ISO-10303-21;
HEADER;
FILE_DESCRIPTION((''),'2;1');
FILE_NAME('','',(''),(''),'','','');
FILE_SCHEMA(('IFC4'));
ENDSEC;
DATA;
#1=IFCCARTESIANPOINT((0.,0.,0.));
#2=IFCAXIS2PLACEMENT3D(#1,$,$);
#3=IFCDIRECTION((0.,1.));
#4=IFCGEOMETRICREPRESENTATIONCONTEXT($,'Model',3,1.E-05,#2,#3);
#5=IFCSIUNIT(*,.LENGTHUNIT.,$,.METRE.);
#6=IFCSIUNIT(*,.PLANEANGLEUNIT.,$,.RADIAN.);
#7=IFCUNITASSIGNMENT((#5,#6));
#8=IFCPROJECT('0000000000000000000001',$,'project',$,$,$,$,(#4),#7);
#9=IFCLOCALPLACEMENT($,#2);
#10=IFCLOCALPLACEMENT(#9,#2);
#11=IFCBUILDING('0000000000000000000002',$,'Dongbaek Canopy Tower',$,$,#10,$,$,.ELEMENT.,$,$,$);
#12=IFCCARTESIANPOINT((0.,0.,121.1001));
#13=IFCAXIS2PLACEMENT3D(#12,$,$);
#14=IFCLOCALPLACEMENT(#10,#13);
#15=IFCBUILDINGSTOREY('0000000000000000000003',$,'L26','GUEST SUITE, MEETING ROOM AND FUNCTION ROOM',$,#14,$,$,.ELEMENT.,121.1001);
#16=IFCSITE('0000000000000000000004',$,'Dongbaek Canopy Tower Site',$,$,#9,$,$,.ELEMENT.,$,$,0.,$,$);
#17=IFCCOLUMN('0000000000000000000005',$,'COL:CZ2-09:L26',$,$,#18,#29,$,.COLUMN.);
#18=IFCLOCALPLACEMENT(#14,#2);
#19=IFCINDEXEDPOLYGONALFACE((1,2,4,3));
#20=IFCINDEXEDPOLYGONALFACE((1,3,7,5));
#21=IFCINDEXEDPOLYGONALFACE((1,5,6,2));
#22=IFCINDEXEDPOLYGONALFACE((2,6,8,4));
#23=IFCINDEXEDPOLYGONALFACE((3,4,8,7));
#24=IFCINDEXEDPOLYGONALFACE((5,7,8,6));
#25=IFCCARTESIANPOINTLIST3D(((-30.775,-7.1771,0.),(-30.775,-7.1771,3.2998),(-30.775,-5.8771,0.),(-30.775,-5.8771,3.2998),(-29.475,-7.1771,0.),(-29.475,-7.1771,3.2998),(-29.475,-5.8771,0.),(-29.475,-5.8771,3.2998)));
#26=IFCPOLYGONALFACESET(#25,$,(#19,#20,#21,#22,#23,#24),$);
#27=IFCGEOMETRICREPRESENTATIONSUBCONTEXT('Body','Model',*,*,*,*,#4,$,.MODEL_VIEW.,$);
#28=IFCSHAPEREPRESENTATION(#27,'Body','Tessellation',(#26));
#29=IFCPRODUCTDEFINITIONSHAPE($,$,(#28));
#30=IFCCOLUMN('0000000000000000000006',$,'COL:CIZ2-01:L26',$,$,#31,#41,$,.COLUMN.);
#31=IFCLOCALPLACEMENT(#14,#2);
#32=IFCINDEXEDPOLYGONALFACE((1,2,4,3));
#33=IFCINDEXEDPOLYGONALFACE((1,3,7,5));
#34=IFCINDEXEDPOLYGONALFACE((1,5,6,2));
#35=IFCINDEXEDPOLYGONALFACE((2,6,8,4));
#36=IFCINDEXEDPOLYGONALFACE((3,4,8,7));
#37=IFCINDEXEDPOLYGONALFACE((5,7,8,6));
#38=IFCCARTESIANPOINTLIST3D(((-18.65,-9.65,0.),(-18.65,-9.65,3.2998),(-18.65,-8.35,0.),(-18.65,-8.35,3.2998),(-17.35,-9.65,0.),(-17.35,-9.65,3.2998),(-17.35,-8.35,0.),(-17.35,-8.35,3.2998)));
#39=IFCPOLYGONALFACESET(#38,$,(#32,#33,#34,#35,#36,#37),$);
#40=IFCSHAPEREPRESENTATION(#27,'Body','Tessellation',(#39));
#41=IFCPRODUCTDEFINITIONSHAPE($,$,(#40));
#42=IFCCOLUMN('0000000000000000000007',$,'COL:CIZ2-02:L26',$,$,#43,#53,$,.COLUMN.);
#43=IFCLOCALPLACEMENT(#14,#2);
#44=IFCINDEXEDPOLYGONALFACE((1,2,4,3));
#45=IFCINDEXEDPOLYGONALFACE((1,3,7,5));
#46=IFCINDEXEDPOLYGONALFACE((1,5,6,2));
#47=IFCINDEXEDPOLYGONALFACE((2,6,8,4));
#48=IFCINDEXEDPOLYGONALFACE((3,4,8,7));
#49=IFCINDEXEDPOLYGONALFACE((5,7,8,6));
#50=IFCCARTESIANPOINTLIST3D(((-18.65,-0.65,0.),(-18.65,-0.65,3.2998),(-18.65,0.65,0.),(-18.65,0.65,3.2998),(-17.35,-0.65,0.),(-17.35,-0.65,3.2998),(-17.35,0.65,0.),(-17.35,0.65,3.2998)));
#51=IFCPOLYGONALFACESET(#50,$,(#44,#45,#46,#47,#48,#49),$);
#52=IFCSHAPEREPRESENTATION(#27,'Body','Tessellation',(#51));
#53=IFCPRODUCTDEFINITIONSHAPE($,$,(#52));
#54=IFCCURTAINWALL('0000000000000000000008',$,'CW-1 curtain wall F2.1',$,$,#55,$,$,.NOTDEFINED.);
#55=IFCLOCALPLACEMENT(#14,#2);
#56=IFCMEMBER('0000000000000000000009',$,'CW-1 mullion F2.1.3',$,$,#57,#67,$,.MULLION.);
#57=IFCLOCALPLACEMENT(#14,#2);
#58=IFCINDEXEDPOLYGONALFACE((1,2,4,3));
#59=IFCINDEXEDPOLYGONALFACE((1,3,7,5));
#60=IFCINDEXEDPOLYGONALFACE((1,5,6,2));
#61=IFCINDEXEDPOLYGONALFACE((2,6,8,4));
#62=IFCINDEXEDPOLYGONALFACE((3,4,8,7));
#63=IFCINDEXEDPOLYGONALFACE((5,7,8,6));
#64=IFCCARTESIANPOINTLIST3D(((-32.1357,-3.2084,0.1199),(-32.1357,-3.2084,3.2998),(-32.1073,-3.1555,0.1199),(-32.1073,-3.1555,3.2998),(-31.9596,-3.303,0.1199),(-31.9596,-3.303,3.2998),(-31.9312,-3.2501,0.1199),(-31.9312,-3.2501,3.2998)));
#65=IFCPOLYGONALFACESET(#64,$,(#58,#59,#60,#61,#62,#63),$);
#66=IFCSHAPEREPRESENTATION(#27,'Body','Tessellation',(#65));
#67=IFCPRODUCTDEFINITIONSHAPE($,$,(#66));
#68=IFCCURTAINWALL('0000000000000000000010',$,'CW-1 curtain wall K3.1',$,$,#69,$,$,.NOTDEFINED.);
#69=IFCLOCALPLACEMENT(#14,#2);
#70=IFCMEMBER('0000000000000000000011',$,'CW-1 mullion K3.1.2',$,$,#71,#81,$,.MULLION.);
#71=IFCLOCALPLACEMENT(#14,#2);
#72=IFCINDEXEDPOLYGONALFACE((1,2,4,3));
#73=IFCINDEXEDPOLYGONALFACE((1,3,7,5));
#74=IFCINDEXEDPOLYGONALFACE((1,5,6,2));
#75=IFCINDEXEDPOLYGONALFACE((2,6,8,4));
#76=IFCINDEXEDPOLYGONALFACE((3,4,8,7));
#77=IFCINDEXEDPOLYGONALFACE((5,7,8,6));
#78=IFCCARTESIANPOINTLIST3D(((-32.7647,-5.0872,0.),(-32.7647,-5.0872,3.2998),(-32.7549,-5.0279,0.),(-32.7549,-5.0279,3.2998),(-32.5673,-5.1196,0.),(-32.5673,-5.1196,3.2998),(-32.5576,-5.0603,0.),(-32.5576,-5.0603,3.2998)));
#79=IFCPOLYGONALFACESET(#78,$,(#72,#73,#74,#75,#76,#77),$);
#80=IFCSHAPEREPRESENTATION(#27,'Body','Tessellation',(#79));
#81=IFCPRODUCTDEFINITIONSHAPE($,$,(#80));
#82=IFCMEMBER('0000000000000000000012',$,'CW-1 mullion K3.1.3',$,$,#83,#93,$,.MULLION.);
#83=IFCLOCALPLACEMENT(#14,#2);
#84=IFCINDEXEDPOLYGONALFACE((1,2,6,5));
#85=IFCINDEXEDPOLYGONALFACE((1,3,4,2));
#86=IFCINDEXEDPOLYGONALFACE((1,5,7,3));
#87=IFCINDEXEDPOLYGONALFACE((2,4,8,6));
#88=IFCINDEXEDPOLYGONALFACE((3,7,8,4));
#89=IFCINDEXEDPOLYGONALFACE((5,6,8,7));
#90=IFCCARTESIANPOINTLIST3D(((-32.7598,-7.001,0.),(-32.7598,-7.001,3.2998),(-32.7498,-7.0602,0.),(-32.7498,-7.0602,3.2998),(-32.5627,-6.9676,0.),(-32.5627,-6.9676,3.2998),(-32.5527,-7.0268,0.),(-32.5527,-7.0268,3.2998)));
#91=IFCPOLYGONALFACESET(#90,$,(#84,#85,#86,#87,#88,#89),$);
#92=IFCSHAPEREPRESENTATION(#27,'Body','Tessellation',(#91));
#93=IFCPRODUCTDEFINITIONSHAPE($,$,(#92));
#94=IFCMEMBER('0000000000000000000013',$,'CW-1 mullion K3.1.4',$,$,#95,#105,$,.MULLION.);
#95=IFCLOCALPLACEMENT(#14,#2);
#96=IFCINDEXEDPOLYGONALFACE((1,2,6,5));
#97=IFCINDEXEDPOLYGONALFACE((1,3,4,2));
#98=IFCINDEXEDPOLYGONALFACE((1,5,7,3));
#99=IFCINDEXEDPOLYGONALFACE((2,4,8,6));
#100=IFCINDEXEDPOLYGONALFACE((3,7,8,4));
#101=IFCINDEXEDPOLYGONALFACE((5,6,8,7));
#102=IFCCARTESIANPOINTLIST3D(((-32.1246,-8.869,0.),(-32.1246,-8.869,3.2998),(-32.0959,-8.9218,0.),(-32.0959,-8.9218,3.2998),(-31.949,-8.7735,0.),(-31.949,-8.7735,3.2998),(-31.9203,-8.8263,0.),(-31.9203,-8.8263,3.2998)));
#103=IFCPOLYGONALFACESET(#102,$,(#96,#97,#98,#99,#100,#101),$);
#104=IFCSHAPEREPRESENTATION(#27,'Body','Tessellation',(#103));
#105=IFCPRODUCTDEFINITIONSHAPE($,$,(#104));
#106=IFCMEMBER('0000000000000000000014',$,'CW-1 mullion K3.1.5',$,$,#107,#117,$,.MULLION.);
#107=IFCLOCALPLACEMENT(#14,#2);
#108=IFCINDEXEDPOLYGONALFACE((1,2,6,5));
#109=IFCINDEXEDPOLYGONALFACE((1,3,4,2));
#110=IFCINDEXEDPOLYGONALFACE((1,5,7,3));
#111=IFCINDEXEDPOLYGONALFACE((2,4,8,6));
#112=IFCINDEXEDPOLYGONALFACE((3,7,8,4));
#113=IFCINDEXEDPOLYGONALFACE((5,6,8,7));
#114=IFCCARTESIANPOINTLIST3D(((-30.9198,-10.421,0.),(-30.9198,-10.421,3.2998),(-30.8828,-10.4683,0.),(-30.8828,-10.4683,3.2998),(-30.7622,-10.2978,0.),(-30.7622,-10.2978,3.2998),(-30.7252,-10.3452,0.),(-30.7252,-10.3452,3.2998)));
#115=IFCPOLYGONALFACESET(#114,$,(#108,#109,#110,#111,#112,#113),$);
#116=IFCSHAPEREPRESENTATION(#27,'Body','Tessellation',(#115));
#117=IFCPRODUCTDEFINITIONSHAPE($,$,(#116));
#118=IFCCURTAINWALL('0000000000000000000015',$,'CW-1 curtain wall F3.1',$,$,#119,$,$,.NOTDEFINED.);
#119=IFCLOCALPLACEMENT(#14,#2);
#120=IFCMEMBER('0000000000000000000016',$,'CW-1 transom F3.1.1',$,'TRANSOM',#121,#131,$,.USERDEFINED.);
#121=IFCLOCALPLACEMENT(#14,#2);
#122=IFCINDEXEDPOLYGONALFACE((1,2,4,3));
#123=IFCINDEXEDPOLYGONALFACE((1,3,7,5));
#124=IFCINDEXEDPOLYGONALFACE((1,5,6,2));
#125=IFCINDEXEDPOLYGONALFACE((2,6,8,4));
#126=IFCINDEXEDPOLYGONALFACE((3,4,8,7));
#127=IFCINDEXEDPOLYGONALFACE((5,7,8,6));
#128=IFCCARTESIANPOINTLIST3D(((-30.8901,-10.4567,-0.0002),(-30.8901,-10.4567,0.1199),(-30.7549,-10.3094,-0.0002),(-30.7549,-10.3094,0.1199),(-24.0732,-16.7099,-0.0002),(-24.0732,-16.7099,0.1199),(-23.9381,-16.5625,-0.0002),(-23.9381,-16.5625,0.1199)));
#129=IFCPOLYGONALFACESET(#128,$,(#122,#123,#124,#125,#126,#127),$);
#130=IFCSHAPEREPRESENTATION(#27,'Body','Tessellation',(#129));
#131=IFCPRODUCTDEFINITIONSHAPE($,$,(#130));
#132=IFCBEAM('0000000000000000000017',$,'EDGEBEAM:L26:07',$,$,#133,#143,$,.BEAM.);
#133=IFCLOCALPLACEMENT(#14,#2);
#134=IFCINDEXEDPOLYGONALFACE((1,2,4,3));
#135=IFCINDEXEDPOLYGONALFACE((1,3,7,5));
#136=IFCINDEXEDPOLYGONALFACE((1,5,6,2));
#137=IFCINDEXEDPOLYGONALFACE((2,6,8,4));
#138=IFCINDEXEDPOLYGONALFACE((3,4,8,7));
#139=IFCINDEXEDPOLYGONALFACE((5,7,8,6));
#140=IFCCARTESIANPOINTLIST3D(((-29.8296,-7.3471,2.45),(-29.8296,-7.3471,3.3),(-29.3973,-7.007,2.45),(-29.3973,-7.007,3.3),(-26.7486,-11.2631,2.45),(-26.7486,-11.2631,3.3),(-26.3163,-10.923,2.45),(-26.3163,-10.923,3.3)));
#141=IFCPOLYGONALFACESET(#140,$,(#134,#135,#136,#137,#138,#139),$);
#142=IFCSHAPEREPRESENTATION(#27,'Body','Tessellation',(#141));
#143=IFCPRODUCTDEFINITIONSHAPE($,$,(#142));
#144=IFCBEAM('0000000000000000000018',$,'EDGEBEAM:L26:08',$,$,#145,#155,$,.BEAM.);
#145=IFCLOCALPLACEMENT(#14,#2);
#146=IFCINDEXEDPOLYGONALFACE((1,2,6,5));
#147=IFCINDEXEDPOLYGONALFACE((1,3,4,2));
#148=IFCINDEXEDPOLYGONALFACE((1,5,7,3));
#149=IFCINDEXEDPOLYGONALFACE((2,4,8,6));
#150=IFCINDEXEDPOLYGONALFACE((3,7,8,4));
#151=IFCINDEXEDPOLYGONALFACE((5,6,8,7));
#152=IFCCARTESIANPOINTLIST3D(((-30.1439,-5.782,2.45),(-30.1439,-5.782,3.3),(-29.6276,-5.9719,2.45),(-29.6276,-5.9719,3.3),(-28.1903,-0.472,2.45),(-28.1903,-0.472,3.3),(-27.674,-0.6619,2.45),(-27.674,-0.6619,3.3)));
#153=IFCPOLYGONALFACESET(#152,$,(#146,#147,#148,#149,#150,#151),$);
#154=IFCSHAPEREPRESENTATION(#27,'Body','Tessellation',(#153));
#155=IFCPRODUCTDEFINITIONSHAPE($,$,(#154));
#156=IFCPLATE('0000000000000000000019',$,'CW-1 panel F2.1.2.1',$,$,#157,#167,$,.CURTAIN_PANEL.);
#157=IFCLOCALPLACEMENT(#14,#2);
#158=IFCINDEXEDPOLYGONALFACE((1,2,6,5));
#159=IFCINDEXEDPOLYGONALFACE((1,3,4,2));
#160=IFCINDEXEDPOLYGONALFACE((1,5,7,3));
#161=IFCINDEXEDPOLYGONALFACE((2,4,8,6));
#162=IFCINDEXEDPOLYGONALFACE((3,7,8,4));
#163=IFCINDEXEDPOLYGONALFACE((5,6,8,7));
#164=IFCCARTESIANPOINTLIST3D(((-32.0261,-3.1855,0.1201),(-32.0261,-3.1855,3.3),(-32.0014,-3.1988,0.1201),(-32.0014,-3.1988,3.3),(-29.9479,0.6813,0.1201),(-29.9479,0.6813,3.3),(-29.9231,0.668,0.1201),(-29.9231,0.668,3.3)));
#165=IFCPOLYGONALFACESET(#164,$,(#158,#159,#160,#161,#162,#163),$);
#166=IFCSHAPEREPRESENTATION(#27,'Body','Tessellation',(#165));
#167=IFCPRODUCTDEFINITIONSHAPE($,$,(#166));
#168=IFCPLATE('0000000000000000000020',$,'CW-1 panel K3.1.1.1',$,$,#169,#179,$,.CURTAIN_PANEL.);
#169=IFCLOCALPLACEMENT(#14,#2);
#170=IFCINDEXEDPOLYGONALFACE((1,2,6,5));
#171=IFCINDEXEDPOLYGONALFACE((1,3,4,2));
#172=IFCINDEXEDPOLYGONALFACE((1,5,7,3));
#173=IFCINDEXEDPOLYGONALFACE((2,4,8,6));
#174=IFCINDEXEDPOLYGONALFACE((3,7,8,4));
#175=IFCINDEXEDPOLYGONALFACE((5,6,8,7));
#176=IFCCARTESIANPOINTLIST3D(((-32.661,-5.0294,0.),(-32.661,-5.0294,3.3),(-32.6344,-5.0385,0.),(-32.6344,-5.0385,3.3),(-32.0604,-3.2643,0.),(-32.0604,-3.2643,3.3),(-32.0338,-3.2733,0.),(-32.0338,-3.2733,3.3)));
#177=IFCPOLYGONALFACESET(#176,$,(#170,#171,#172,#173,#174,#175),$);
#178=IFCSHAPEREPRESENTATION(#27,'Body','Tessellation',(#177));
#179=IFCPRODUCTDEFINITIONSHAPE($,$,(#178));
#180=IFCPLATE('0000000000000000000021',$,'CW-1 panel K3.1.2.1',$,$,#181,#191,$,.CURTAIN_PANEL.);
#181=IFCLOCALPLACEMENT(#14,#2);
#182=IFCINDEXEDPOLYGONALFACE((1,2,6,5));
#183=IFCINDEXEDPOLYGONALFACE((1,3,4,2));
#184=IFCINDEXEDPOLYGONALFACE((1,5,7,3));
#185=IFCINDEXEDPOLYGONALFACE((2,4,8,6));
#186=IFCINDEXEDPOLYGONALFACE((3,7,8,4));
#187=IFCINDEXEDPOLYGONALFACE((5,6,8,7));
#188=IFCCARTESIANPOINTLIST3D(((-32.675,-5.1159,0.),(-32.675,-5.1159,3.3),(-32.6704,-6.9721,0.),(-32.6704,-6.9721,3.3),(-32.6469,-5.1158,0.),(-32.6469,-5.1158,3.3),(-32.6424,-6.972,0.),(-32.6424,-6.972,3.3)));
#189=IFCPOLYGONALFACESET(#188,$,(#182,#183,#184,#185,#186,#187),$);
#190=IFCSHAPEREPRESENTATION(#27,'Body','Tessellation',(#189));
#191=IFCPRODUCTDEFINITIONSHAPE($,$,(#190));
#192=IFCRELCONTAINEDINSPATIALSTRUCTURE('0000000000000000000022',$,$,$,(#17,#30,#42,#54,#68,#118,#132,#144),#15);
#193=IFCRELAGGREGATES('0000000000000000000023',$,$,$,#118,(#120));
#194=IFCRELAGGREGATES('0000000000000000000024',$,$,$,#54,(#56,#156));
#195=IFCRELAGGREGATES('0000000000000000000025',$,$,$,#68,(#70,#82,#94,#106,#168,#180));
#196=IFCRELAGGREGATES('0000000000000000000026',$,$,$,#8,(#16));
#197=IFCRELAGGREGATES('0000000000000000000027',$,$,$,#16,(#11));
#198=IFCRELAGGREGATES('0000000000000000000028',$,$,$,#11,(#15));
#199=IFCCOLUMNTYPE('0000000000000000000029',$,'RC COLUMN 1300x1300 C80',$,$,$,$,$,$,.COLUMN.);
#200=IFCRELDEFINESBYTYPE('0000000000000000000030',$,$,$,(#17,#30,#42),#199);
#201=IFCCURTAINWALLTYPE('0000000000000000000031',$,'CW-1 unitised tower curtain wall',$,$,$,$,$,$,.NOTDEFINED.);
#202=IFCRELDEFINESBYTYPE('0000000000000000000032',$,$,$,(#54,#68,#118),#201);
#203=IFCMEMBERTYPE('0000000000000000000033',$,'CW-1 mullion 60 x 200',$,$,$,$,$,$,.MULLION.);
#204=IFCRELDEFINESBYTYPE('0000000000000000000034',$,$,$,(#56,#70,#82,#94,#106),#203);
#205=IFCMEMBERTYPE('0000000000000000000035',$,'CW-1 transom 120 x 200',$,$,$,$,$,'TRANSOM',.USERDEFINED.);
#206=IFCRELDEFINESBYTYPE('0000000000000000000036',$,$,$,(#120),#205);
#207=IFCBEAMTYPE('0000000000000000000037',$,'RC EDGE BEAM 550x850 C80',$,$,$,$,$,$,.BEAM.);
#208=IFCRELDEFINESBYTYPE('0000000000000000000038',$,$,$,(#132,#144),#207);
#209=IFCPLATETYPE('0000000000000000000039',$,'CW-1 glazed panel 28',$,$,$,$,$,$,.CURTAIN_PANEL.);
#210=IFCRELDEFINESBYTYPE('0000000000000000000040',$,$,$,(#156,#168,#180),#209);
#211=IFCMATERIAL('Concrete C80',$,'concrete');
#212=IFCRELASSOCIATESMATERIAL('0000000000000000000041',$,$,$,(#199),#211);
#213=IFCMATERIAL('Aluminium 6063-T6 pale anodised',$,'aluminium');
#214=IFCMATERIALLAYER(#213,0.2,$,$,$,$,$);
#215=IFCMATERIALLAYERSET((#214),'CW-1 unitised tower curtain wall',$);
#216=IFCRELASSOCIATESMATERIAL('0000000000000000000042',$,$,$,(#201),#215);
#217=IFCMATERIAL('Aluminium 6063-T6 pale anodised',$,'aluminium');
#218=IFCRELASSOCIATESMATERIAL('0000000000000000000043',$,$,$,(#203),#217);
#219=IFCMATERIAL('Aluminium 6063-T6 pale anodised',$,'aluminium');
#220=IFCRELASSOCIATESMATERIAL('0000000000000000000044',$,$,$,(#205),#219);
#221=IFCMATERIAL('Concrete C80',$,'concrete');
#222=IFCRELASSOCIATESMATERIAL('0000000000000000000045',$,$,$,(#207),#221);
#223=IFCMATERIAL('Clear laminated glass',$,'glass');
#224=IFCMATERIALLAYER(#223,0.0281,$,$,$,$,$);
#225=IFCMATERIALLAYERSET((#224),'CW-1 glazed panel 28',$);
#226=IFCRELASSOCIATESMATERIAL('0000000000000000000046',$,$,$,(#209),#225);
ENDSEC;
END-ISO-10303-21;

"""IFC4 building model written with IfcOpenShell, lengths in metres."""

from ifc_helpers import new_model, si_unit, direction, frame, origin, origin_2d, place, context, subcontext, project, spatial, rectangle, extrude, material, layer, layer_set, material_profile, profile_set, type_object, element, aggregate, save


model = new_model("IFC4")

# Units and contexts
model_context = context("Model", 3, precision=1e-05, world=origin(), true_north=direction((0.0, 1.0)))
body_context = subcontext(model_context, "Body", "Model", "MODEL_VIEW")
ifc_project = project(units=[si_unit("LENGTHUNIT", "METRE"), si_unit("PLANEANGLEUNIT", "RADIAN")], contexts=[model_context])

# Site, building, storey
site_placement = place(None, origin())
site = spatial("IfcSite", under=ifc_project, at=site_placement, Name="Dongbaek Canopy Tower Site", CompositionType="ELEMENT", RefElevation=0.0)
building_placement = place(site_placement, origin())
building = spatial("IfcBuilding", under=site, at=building_placement, Name="Dongbaek Canopy Tower", CompositionType="ELEMENT")
storey_placement = place(building_placement, frame((0.0, 0.0, 121.1001)))
storey = spatial("IfcBuildingStorey", under=building, at=storey_placement, Name="L26", Description="GUEST SUITE, MEETING ROOM AND FUNCTION ROOM", CompositionType="ELEMENT", Elevation=121.1001)

# Columns
ifc_material_1 = material(Name="Concrete C80", Category="concrete")
ifc_material_profile_1 = material_profile(ifc_material_1, rectangle(XDim=1.3, YDim=1.3, at=origin_2d()), Name="RC COLUMN 1300x1300 C80")
ifc_profile_set_1 = profile_set([ifc_material_profile_1], Name="Concrete C80")
column_type = type_object("IfcColumnType", Name="RC COLUMN 1300x1300 C80", PredefinedType="COLUMN", material=ifc_profile_set_1)
for number, where, z_axis, x_axis, name in (
    (1, (-30.125, -6.5271, 0.0), (0.0, 0.0, 1.0), (1.0, 0.0, 0.0), "COL:CZ2-09:L26"),
    (2, (-18.0, -9.0, 0.0), (0.0, 0.0, 1.0), (1.0, 0.0, 0.0), "COL:CIZ2-01:L26"),
    (3, (-18.0, 0.0, 0.0), (0.0, 0.0, 1.0), (1.0, 0.0, 0.0), "COL:CIZ2-02:L26"),
):
    element("IfcColumn", number, at=place(storey_placement, frame(where, z_axis=z_axis, x_axis=x_axis)), inside=storey, type_object=column_type, Name=name, PredefinedType="COLUMN", context=body_context, shape_type="SweptSolid", body=[
        extrude(rectangle(XDim=1.3, YDim=1.3, at=origin_2d()), origin(), (0.0, 0.0, 1.0), 3.2998),
    ])

# Curtain wall, member
ifc_material_2 = material(Name="Aluminium 6063-T6 pale anodised", Category="aluminium")
ifc_layer_1 = layer(ifc_material_2, 0.2)
ifc_layer_set_1 = layer_set([ifc_layer_1], Name="CW-1 unitised tower curtain wall")
curtain_wall_type = type_object("IfcCurtainWallType", Name="CW-1 unitised tower curtain wall", PredefinedType="NOTDEFINED", material=ifc_layer_set_1)
curtain_wall_1_placement = place(storey_placement, origin())
curtain_wall_1 = element("IfcCurtainWall", 4, at=curtain_wall_1_placement, inside=storey, type_object=curtain_wall_type, Name="CW-1 curtain wall F2.1", PredefinedType="NOTDEFINED")
ifc_material_3 = material(Name="Aluminium 6063-T6 pale anodised", Category="aluminium")
ifc_material_profile_2 = material_profile(ifc_material_3, rectangle(XDim=0.2, YDim=0.0601, at=origin_2d()), Name="CW-1 mullion 60 x 200")
ifc_profile_set_2 = profile_set([ifc_material_profile_2], Name="Aluminium 6063-T6 pale anodised")
member_type_1 = type_object("IfcMemberType", Name="CW-1 mullion 60 x 200", PredefinedType="MULLION", material=ifc_profile_set_2)
member_1_placement = place(storey_placement, frame((-32.0334, -3.2292, 0.1199), z_axis=(0.0, 0.0, 1.0), x_axis=(-0.880843, 0.473409, 0.0)))
member_1 = element("IfcMember", 5, at=member_1_placement, type_object=member_type_1, Name="CW-1 mullion F2.1.3", PredefinedType="MULLION", context=body_context, shape_type="SweptSolid", body=[
    extrude(rectangle(XDim=0.2, YDim=0.0601, at=origin_2d()), origin(), (0.0, 0.0, 1.0), 3.1799),
])

# Curtain wall, members
curtain_wall_2_placement = place(storey_placement, origin())
curtain_wall_2 = element("IfcCurtainWall", 6, at=curtain_wall_2_placement, inside=storey, type_object=curtain_wall_type, Name="CW-1 curtain wall K3.1", PredefinedType="NOTDEFINED")
member_2_placement = place(storey_placement, frame((-32.6611, -5.0737, 0.0), z_axis=(0.0, 0.0, 1.0), x_axis=(-0.986787, 0.162025, 0.0)))
member_2 = element("IfcMember", 7, at=member_2_placement, type_object=member_type_1, Name="CW-1 mullion K3.1.2", PredefinedType="MULLION", context=body_context, shape_type="SweptSolid", body=[
    extrude(rectangle(XDim=0.2, YDim=0.0601, at=origin_2d()), origin(), (0.0, 0.0, 1.0), 3.2998),
])
member_3_placement = place(storey_placement, frame((-32.6562, -7.0139, 0.0), z_axis=(0.0, 0.0, 1.0), x_axis=(-0.985976, -0.166888, 0.0)))
member_3 = element("IfcMember", 8, at=member_3_placement, type_object=member_type_1, Name="CW-1 mullion K3.1.3", PredefinedType="MULLION", context=body_context, shape_type="SweptSolid", body=[
    extrude(rectangle(XDim=0.2, YDim=0.0601, at=origin_2d()), origin(), (0.0, 0.0, 1.0), 3.2998),
])
member_4_placement = place(storey_placement, frame((-32.0225, -8.8477, 0.0), z_axis=(0.0, 0.0, 1.0), x_axis=(-0.878498, -0.477746, 0.0)))
member_4 = element("IfcMember", 9, at=member_4_placement, type_object=member_type_1, Name="CW-1 mullion K3.1.4", PredefinedType="MULLION", context=body_context, shape_type="SweptSolid", body=[
    extrude(rectangle(XDim=0.2, YDim=0.0601, at=origin_2d()), origin(), (0.0, 0.0, 1.0), 3.2998),
])
member_5_placement = place(storey_placement, frame((-30.8225, -10.3831, 0.0), z_axis=(0.0, 0.0, 1.0), x_axis=(-0.787968, -0.615716, 0.0)))
member_5 = element("IfcMember", 10, at=member_5_placement, type_object=member_type_1, Name="CW-1 mullion K3.1.5", PredefinedType="MULLION", context=body_context, shape_type="SweptSolid", body=[
    extrude(rectangle(XDim=0.2, YDim=0.0601, at=origin_2d()), origin(), (0.0, 0.0, 1.0), 3.2998),
])

# Curtain wall, member
curtain_wall_3_placement = place(storey_placement, origin())
curtain_wall_3 = element("IfcCurtainWall", 11, at=curtain_wall_3_placement, inside=storey, type_object=curtain_wall_type, Name="CW-1 curtain wall F3.1", PredefinedType="NOTDEFINED")
ifc_material_4 = material(Name="Aluminium 6063-T6 pale anodised", Category="aluminium")
ifc_material_profile_3 = material_profile(ifc_material_4, rectangle(XDim=0.2, YDim=0.1201, at=origin_2d()), Name="CW-1 transom 120 x 200")
ifc_profile_set_3 = profile_set([ifc_material_profile_3], Name="Aluminium 6063-T6 pale anodised")
member_type_2 = type_object("IfcMemberType", Name="CW-1 transom 120 x 200", ElementType="TRANSOM", PredefinedType="USERDEFINED", material=ifc_profile_set_3)
member_6_placement = place(storey_placement, frame((-30.8225, -10.3831, 0.0598), z_axis=(0.73692, -0.67598, 0.0), x_axis=(0.67598, 0.73692, 0.0)))
member_6 = element("IfcMember", 12, at=member_6_placement, type_object=member_type_2, Name="CW-1 transom F3.1.1", ObjectType="TRANSOM", PredefinedType="USERDEFINED", context=body_context, shape_type="SweptSolid", body=[
    extrude(rectangle(XDim=0.2, YDim=0.1201, at=origin_2d()), origin(), (0.0, 0.0, 1.0), 9.2505),
])
aggregate(curtain_wall_3, [member_6])

# Beams
ifc_material_5 = material(Name="Concrete C80", Category="concrete")
ifc_material_profile_4 = material_profile(ifc_material_5, rectangle(XDim=0.55, YDim=0.8501, at=origin_2d()), Name="RC EDGE BEAM 550x850 C80")
ifc_profile_set_4 = profile_set([ifc_material_profile_4], Name="Concrete C80")
beam_type = type_object("IfcBeamType", Name="RC EDGE BEAM 550x850 C80", PredefinedType="BEAM", material=ifc_profile_set_4)
beam_1_placement = place(storey_placement, frame((-26.5325, -11.093, 2.875), z_axis=(-0.618341, 0.78591, 0.0), x_axis=(-0.78591, -0.618341, 0.0)))
element("IfcBeam", 13, at=beam_1_placement, inside=storey, type_object=beam_type, Name="EDGEBEAM:L26:07", PredefinedType="BEAM", context=body_context, shape_type="SweptSolid", body=[
    extrude(rectangle(XDim=0.55, YDim=0.8501, at=origin_2d()), origin(), (0.0, 0.0, 1.0), 4.9827),
])
beam_2_placement = place(storey_placement, frame((-29.8857, -5.877, 2.875), z_axis=(0.345281, 0.938499, 0.0), x_axis=(-0.938499, 0.345281, 0.0)))
element("IfcBeam", 14, at=beam_2_placement, inside=storey, type_object=beam_type, Name="EDGEBEAM:L26:08", PredefinedType="BEAM", context=body_context, shape_type="SweptSolid", body=[
    extrude(rectangle(XDim=0.55, YDim=0.8501, at=origin_2d()), origin(), (0.0, 0.0, 1.0), 5.658),
])

# Plates
ifc_material_6 = material(Name="Clear laminated glass", Category="glass")
ifc_layer_2 = layer(ifc_material_6, 0.0281)
ifc_layer_set_2 = layer_set([ifc_layer_2], Name="CW-1 glazed panel 28")
plate_type = type_object("IfcPlateType", Name="CW-1 glazed panel 28", PredefinedType="CURTAIN_PANEL", material=ifc_layer_set_2)
plate_1_placement = place(storey_placement, frame((-30.9746, -1.2588, 0.1201), z_axis=(0.0, 0.0, 1.0), x_axis=(-0.473409, -0.880843, 0.0)))
plate_1 = element("IfcPlate", 15, at=plate_1_placement, type_object=plate_type, Name="CW-1 panel F2.1.2.1", PredefinedType="CURTAIN_PANEL", context=body_context, shape_type="SweptSolid", body=[
    extrude(rectangle(XDim=4.3899, YDim=0.0281, at=origin_2d()), origin(), (0.0, 0.0, 1.0), 3.1799),
])
plate_2_placement = place(storey_placement, frame((-32.3474, -4.1514, 0.0), z_axis=(0.0, 0.0, 1.0), x_axis=(-0.322102, -0.946705, 0.0)))
plate_2 = element("IfcPlate", 16, at=plate_2_placement, type_object=plate_type, Name="CW-1 panel K3.1.1.1", PredefinedType="CURTAIN_PANEL", context=body_context, shape_type="SweptSolid", body=[
    extrude(rectangle(XDim=1.8645, YDim=0.0281, at=origin_2d()), origin(), (0.0, 0.0, 1.0), 3.3),
])
plate_3_placement = place(storey_placement, frame((-32.6587, -6.0439, 0.0), z_axis=(0.0, 0.0, 1.0), x_axis=(0.002465, -0.999997, 0.0)))
plate_3 = element("IfcPlate", 17, at=plate_3_placement, type_object=plate_type, Name="CW-1 panel K3.1.2.1", PredefinedType="CURTAIN_PANEL", context=body_context, shape_type="SweptSolid", body=[
    extrude(rectangle(XDim=1.8562, YDim=0.0281, at=origin_2d()), origin(), (0.0, 0.0, 1.0), 3.3),
])

aggregate(curtain_wall_1, [member_1, plate_1])
aggregate(curtain_wall_2, [member_2, member_3, member_4, member_5, plate_2, plate_3])

save(model, "model.ifc")
